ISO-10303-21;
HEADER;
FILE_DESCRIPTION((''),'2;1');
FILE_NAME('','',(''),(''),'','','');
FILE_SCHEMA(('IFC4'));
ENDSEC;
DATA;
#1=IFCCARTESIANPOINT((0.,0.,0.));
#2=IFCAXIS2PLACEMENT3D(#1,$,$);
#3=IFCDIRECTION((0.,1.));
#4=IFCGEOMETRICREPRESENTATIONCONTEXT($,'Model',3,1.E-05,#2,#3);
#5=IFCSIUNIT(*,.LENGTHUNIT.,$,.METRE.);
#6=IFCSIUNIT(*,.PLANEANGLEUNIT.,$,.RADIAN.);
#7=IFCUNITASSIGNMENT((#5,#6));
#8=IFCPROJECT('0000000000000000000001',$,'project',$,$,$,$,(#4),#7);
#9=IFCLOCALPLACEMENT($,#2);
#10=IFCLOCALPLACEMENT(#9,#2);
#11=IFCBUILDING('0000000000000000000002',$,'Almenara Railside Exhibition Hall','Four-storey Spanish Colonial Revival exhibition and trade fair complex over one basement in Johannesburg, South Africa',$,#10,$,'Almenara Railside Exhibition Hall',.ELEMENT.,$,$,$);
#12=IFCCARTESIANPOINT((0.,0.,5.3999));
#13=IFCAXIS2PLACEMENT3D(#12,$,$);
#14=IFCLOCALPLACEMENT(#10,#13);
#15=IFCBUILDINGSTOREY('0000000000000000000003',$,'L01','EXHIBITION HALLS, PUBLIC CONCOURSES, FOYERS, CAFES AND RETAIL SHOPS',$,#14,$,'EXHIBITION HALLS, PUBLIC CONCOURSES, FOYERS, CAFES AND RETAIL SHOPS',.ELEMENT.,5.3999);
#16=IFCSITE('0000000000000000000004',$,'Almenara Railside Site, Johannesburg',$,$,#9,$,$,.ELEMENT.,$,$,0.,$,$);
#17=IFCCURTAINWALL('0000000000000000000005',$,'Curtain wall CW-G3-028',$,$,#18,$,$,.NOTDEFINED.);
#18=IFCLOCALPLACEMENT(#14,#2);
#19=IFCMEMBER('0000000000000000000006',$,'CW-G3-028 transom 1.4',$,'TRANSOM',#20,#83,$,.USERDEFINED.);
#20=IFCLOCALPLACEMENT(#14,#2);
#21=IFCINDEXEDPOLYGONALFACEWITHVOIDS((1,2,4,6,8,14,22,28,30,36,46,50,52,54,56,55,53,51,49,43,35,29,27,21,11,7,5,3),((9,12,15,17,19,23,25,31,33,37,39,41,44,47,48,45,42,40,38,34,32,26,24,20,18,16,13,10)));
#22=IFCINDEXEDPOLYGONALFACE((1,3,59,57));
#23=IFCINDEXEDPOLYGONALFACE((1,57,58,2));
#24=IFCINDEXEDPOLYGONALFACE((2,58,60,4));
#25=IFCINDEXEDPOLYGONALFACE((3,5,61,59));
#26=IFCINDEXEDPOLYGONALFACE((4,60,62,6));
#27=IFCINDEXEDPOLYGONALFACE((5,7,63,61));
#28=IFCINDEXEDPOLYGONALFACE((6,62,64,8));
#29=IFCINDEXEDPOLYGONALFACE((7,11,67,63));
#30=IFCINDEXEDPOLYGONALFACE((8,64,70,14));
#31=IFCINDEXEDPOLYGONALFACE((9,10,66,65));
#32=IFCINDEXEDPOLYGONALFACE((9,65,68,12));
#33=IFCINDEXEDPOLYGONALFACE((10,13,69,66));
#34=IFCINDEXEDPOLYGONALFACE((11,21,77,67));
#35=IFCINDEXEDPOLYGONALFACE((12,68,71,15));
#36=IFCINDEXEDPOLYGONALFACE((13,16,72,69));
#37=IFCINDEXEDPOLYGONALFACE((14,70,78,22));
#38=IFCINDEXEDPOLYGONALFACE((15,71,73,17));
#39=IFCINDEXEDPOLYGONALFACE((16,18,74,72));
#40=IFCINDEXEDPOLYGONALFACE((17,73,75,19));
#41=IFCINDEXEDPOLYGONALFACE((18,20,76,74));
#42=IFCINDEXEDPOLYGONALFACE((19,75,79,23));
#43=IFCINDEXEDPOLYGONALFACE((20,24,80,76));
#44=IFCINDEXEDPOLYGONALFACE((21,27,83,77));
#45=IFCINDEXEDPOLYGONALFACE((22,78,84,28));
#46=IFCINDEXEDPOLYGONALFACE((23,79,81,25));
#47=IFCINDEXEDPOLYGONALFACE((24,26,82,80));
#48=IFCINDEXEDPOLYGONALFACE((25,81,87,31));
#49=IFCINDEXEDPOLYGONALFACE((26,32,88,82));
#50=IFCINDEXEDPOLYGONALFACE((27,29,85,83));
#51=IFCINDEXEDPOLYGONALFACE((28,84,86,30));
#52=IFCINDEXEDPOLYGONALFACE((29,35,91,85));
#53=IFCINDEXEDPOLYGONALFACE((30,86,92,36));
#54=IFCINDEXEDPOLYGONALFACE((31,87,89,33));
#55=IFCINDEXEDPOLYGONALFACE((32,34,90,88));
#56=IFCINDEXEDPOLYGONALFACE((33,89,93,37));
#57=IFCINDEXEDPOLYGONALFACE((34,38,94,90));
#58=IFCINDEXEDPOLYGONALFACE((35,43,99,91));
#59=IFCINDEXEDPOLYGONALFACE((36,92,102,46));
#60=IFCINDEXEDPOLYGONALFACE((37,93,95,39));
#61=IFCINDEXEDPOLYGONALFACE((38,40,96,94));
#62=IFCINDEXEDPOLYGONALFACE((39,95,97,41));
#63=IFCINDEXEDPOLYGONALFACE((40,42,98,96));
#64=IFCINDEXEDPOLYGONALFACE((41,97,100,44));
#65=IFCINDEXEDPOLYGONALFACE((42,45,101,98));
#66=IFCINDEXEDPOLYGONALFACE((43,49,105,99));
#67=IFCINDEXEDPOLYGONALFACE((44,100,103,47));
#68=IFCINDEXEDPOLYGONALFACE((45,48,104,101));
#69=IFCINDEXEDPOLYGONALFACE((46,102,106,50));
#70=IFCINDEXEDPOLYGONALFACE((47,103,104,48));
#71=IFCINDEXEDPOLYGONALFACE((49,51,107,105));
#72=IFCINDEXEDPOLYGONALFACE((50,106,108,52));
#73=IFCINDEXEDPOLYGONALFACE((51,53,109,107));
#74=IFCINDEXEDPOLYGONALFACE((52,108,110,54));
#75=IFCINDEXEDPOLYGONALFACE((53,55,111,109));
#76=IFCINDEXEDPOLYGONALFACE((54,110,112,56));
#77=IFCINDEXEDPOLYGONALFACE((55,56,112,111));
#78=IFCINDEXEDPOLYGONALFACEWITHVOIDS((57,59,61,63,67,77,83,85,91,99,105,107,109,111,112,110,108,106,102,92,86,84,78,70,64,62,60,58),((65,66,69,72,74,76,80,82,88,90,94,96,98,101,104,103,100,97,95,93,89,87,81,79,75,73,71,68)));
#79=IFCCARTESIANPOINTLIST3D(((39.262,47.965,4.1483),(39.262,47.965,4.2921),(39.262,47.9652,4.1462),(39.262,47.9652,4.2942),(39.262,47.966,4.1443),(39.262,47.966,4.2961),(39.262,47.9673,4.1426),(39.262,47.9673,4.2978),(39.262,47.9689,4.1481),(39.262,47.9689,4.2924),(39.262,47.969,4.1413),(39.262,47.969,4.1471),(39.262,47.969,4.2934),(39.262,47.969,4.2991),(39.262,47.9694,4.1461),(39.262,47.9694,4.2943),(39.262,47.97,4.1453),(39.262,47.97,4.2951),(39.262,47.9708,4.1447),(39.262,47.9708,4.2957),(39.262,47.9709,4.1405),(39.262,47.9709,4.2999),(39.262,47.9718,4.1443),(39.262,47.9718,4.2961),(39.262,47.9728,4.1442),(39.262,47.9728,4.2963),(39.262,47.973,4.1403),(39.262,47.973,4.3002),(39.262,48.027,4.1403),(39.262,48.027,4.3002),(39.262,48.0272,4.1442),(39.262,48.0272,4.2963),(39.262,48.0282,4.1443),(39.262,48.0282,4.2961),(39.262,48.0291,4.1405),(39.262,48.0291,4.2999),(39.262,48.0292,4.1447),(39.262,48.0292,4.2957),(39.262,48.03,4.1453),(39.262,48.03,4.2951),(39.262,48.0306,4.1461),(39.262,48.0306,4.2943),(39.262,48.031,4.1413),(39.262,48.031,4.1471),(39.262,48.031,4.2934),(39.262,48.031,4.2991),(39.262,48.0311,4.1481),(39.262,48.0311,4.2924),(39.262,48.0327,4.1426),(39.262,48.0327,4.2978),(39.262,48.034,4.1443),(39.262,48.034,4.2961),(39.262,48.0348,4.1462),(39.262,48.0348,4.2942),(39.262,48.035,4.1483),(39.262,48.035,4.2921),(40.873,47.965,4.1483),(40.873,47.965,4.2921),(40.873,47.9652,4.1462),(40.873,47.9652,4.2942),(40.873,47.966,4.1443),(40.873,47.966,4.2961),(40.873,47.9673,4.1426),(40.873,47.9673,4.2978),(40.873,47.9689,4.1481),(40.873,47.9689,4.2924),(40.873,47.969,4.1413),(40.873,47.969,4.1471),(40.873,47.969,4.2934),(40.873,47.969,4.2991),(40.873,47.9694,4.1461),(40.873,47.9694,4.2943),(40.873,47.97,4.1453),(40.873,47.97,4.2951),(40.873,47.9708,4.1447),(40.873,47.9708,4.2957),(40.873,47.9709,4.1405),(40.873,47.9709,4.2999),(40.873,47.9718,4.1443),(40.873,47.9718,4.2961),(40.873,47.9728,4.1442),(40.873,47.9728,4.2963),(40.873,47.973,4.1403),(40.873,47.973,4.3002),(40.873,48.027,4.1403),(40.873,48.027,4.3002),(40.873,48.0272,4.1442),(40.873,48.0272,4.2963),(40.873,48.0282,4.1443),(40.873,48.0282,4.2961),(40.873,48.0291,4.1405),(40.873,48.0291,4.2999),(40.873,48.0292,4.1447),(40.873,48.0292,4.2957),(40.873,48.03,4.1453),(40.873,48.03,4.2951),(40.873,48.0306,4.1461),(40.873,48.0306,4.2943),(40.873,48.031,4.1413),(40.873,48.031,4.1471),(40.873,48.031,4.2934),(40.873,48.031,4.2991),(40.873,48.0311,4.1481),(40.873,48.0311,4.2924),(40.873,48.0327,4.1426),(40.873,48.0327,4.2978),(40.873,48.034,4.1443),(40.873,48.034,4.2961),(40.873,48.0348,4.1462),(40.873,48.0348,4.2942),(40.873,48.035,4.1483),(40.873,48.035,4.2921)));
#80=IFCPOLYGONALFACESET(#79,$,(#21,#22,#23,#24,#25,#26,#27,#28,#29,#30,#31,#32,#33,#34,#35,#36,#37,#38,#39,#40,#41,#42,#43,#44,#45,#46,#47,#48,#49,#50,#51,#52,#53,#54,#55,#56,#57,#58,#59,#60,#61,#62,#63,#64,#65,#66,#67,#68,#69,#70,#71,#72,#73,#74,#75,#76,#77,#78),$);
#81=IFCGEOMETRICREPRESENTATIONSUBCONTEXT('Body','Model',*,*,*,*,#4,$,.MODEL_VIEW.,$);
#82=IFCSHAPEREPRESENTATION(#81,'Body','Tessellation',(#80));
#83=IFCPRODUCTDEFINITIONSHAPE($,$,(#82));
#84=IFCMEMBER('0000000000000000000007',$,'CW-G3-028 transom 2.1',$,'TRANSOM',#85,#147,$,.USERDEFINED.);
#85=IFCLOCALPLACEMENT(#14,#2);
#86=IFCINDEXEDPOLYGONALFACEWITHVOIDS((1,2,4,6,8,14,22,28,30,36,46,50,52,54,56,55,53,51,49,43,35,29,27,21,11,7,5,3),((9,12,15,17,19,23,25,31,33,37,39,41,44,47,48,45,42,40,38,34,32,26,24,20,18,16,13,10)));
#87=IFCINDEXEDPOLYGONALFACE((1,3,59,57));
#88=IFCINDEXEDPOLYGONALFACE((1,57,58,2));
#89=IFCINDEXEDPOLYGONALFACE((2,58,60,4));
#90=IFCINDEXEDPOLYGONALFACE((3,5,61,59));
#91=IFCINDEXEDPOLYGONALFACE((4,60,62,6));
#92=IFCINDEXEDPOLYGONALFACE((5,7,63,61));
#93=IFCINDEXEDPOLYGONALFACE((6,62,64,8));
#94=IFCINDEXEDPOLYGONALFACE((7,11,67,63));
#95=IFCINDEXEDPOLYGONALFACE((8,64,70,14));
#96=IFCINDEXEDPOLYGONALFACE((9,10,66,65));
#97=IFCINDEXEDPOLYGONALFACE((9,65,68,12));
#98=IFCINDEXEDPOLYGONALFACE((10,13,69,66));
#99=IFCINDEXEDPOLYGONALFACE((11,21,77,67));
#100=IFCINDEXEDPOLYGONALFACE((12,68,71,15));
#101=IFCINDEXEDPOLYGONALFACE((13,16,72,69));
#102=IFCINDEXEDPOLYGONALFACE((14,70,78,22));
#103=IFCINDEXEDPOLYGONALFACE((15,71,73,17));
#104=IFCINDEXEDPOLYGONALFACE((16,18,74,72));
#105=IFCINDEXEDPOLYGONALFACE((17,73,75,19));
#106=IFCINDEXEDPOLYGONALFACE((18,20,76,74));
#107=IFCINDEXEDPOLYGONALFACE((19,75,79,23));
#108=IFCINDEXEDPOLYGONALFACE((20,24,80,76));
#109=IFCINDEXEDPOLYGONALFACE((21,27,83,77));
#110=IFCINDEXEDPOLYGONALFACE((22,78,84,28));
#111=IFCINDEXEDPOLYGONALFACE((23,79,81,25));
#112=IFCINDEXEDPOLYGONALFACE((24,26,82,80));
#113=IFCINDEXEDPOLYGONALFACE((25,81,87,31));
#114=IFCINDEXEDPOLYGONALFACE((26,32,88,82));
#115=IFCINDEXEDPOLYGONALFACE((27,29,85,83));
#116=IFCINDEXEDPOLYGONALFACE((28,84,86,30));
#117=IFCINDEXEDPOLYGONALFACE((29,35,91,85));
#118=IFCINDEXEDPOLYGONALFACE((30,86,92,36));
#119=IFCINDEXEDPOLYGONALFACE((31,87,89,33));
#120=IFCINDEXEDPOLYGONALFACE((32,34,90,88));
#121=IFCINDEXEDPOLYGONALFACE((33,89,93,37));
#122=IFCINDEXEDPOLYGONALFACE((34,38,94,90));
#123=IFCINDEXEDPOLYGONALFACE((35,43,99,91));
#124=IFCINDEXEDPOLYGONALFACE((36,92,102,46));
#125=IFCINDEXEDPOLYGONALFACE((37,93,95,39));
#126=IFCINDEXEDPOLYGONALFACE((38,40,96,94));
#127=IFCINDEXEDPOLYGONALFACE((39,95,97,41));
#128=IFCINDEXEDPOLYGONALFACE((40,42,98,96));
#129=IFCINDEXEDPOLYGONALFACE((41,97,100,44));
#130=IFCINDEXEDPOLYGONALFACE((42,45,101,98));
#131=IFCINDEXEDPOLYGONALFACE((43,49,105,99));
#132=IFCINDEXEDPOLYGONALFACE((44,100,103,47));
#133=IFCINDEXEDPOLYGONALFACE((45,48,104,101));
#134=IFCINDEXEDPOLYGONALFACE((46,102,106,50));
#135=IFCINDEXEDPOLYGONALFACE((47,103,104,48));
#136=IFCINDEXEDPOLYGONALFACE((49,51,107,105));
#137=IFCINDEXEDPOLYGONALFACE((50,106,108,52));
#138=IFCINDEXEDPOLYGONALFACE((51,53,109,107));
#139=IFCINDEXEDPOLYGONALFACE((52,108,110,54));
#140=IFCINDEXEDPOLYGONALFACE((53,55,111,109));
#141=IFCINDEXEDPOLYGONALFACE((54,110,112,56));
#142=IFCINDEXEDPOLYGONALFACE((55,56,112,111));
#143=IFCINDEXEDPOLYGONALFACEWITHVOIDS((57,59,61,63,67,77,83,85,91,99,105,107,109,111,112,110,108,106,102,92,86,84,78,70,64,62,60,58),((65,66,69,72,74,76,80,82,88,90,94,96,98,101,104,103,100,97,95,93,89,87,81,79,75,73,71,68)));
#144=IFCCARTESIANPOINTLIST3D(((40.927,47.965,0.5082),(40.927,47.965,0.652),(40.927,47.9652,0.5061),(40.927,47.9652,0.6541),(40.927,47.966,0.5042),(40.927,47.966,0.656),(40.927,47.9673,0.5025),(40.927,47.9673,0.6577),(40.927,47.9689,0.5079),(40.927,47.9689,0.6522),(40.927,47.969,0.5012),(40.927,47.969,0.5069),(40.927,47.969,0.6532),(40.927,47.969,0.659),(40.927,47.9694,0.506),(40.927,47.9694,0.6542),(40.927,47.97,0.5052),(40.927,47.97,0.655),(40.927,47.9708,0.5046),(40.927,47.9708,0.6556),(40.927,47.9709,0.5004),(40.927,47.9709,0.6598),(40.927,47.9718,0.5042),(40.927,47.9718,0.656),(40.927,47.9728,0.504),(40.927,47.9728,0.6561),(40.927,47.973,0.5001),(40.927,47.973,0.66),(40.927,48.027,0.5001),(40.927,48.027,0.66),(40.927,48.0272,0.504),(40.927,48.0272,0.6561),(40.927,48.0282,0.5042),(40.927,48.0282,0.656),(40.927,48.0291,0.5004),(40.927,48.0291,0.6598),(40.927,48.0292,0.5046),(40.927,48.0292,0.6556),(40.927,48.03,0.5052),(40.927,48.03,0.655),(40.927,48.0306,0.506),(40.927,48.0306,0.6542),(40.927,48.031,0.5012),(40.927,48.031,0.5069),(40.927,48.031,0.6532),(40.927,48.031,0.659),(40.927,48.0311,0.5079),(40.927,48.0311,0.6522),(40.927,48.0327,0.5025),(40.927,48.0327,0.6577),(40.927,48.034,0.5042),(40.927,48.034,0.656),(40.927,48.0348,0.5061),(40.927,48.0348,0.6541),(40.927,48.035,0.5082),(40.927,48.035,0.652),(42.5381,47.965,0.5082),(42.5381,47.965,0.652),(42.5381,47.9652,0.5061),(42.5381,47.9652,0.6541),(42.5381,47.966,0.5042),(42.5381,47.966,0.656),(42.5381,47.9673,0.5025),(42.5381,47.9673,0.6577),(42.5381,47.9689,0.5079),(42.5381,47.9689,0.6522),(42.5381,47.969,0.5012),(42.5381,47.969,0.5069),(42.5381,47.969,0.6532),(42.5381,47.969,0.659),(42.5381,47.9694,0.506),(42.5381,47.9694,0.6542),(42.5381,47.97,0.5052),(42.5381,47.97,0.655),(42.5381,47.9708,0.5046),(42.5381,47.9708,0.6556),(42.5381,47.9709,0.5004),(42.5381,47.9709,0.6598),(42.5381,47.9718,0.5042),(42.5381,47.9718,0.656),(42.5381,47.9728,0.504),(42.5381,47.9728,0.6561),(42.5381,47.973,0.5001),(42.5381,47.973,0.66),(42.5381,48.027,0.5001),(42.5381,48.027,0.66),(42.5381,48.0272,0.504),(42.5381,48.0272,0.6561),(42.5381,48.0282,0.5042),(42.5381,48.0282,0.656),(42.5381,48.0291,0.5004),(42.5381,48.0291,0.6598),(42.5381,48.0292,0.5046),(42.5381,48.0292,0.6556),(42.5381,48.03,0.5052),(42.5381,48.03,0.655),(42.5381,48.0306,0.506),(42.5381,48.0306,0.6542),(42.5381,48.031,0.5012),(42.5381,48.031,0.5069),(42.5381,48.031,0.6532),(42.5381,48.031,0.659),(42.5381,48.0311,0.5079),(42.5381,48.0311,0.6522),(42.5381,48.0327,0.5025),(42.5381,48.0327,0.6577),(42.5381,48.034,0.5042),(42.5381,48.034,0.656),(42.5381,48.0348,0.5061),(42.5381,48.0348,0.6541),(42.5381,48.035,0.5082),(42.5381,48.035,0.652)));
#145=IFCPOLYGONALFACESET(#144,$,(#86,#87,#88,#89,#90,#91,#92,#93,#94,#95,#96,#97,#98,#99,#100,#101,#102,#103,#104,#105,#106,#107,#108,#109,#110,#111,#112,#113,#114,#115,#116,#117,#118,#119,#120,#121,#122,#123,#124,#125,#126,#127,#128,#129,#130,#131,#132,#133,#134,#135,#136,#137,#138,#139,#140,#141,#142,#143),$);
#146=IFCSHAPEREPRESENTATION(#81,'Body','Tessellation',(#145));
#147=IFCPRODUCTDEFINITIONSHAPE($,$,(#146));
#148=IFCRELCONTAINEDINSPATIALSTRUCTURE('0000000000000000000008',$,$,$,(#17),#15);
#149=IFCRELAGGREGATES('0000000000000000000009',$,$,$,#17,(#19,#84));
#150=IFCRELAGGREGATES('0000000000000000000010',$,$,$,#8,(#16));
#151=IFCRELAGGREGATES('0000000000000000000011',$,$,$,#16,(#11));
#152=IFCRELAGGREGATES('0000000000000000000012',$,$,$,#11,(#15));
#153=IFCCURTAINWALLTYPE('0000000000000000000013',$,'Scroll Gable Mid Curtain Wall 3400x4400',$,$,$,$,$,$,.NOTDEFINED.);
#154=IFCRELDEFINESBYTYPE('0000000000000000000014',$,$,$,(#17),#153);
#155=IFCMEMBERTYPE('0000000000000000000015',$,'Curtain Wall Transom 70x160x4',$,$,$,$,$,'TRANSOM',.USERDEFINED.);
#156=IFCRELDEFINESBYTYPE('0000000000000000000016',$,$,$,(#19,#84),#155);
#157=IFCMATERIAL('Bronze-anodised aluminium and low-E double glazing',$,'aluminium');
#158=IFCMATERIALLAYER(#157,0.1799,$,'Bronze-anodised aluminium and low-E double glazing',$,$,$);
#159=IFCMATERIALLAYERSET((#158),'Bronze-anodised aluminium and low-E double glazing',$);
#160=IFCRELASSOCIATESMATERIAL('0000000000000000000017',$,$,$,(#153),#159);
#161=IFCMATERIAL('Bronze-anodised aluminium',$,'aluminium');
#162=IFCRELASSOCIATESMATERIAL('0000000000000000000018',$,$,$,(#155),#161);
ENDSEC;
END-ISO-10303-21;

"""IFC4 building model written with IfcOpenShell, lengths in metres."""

from ifc_helpers import new_model, si_unit, direction, frame, origin, origin_2d, place, context, subcontext, project, spatial, hollow_rectangle, extrude, material, layer, layer_set, material_profile, profile_set, type_object, element, aggregate, save


model = new_model("IFC4")

# Units and contexts
model_context = context("Model", 3, precision=1e-05, world=origin(), true_north=direction((0.0, 1.0)))
body_context = subcontext(model_context, "Body", "Model", "MODEL_VIEW")
ifc_project = project(units=[si_unit("LENGTHUNIT", "METRE"), si_unit("PLANEANGLEUNIT", "RADIAN")], contexts=[model_context])

# Site, building, storey
site_placement = place(None, origin())
site = spatial("IfcSite", under=ifc_project, at=site_placement, Name="Almenara Railside Site, Johannesburg", CompositionType="ELEMENT", RefElevation=0.0)
building_placement = place(site_placement, origin())
building = spatial("IfcBuilding", under=site, at=building_placement, Name="Almenara Railside Exhibition Hall", Description="Four-storey Spanish Colonial Revival exhibition and trade fair complex over one basement in Johannesburg, South Africa", LongName="Almenara Railside Exhibition Hall", CompositionType="ELEMENT")
storey_placement = place(building_placement, frame((0.0, 0.0, 5.3999)))
storey = spatial("IfcBuildingStorey", under=building, at=storey_placement, Name="L01", Description="EXHIBITION HALLS, PUBLIC CONCOURSES, FOYERS, CAFES AND RETAIL SHOPS", LongName="EXHIBITION HALLS, PUBLIC CONCOURSES, FOYERS, CAFES AND RETAIL SHOPS", CompositionType="ELEMENT", Elevation=5.3999)

# Curtain wall
ifc_material_1 = material(Name="Bronze-anodised aluminium and low-E double glazing", Category="aluminium")
ifc_layer_1 = layer(ifc_material_1, 0.1799, Name="Bronze-anodised aluminium and low-E double glazing")
ifc_layer_set_1 = layer_set([ifc_layer_1], Name="Bronze-anodised aluminium and low-E double glazing")
curtain_wall_type = type_object("IfcCurtainWallType", Name="Scroll Gable Mid Curtain Wall 3400x4400", PredefinedType="NOTDEFINED", material=ifc_layer_set_1)
ifc_material_2 = material(Name="Bronze-anodised aluminium", Category="aluminium")
curtain_wall_1_placement = place(storey_placement, origin())
curtain_wall_1 = element("IfcCurtainWall", 1, at=curtain_wall_1_placement, inside=storey, type_object=curtain_wall_type, Name="Curtain wall CW-G3-028", PredefinedType="NOTDEFINED")

# Members
ifc_material_profile_1 = material_profile(ifc_material_2, hollow_rectangle(XDim=0.0701, YDim=0.1599, WallThickness=0.0039, InnerFilletRadius=0.0039, OuterFilletRadius=0.0081, at=origin_2d()), Name="ALU-TRN 70x160x4")
ifc_profile_set_1 = profile_set([ifc_material_profile_1], Name="Bronze-anodised aluminium")
member_type_1 = type_object("IfcMemberType", Name="Curtain Wall Transom 70x160x4", ElementType="TRANSOM", PredefinedType="USERDEFINED", material=ifc_profile_set_1)
member_1_placement = place(storey_placement, frame((39.262, 48.0, 4.2202), z_axis=(1.0, 0.0, 0.0), x_axis=(0.0, 1.0, 0.0)))
member_1 = element("IfcMember", 2, at=member_1_placement, type_object=member_type_1, Name="CW-G3-028 transom 1.4", ObjectType="TRANSOM", PredefinedType="USERDEFINED", context=body_context, shape_type="SweptSolid", body=[
    extrude(hollow_rectangle(XDim=0.0701, YDim=0.1599, WallThickness=0.0039, InnerFilletRadius=0.0039, OuterFilletRadius=0.0081, at=origin_2d()), origin(), (0.0, 0.0, 1.0), 1.6111),
])
member_2_placement = place(storey_placement, frame((40.927, 48.0, 0.5801), z_axis=(1.0, 0.0, 0.0), x_axis=(0.0, 1.0, 0.0)))
member_2 = element("IfcMember", 3, at=member_2_placement, type_object=member_type_1, Name="CW-G3-028 transom 2.1", ObjectType="TRANSOM", PredefinedType="USERDEFINED", context=body_context, shape_type="SweptSolid", body=[
    extrude(hollow_rectangle(XDim=0.0701, YDim=0.1599, WallThickness=0.0039, InnerFilletRadius=0.0039, OuterFilletRadius=0.0081, at=origin_2d()), origin(), (0.0, 0.0, 1.0), 1.6111),
])

aggregate(curtain_wall_1, [member_1, member_2])

save(model, "model.ifc")
